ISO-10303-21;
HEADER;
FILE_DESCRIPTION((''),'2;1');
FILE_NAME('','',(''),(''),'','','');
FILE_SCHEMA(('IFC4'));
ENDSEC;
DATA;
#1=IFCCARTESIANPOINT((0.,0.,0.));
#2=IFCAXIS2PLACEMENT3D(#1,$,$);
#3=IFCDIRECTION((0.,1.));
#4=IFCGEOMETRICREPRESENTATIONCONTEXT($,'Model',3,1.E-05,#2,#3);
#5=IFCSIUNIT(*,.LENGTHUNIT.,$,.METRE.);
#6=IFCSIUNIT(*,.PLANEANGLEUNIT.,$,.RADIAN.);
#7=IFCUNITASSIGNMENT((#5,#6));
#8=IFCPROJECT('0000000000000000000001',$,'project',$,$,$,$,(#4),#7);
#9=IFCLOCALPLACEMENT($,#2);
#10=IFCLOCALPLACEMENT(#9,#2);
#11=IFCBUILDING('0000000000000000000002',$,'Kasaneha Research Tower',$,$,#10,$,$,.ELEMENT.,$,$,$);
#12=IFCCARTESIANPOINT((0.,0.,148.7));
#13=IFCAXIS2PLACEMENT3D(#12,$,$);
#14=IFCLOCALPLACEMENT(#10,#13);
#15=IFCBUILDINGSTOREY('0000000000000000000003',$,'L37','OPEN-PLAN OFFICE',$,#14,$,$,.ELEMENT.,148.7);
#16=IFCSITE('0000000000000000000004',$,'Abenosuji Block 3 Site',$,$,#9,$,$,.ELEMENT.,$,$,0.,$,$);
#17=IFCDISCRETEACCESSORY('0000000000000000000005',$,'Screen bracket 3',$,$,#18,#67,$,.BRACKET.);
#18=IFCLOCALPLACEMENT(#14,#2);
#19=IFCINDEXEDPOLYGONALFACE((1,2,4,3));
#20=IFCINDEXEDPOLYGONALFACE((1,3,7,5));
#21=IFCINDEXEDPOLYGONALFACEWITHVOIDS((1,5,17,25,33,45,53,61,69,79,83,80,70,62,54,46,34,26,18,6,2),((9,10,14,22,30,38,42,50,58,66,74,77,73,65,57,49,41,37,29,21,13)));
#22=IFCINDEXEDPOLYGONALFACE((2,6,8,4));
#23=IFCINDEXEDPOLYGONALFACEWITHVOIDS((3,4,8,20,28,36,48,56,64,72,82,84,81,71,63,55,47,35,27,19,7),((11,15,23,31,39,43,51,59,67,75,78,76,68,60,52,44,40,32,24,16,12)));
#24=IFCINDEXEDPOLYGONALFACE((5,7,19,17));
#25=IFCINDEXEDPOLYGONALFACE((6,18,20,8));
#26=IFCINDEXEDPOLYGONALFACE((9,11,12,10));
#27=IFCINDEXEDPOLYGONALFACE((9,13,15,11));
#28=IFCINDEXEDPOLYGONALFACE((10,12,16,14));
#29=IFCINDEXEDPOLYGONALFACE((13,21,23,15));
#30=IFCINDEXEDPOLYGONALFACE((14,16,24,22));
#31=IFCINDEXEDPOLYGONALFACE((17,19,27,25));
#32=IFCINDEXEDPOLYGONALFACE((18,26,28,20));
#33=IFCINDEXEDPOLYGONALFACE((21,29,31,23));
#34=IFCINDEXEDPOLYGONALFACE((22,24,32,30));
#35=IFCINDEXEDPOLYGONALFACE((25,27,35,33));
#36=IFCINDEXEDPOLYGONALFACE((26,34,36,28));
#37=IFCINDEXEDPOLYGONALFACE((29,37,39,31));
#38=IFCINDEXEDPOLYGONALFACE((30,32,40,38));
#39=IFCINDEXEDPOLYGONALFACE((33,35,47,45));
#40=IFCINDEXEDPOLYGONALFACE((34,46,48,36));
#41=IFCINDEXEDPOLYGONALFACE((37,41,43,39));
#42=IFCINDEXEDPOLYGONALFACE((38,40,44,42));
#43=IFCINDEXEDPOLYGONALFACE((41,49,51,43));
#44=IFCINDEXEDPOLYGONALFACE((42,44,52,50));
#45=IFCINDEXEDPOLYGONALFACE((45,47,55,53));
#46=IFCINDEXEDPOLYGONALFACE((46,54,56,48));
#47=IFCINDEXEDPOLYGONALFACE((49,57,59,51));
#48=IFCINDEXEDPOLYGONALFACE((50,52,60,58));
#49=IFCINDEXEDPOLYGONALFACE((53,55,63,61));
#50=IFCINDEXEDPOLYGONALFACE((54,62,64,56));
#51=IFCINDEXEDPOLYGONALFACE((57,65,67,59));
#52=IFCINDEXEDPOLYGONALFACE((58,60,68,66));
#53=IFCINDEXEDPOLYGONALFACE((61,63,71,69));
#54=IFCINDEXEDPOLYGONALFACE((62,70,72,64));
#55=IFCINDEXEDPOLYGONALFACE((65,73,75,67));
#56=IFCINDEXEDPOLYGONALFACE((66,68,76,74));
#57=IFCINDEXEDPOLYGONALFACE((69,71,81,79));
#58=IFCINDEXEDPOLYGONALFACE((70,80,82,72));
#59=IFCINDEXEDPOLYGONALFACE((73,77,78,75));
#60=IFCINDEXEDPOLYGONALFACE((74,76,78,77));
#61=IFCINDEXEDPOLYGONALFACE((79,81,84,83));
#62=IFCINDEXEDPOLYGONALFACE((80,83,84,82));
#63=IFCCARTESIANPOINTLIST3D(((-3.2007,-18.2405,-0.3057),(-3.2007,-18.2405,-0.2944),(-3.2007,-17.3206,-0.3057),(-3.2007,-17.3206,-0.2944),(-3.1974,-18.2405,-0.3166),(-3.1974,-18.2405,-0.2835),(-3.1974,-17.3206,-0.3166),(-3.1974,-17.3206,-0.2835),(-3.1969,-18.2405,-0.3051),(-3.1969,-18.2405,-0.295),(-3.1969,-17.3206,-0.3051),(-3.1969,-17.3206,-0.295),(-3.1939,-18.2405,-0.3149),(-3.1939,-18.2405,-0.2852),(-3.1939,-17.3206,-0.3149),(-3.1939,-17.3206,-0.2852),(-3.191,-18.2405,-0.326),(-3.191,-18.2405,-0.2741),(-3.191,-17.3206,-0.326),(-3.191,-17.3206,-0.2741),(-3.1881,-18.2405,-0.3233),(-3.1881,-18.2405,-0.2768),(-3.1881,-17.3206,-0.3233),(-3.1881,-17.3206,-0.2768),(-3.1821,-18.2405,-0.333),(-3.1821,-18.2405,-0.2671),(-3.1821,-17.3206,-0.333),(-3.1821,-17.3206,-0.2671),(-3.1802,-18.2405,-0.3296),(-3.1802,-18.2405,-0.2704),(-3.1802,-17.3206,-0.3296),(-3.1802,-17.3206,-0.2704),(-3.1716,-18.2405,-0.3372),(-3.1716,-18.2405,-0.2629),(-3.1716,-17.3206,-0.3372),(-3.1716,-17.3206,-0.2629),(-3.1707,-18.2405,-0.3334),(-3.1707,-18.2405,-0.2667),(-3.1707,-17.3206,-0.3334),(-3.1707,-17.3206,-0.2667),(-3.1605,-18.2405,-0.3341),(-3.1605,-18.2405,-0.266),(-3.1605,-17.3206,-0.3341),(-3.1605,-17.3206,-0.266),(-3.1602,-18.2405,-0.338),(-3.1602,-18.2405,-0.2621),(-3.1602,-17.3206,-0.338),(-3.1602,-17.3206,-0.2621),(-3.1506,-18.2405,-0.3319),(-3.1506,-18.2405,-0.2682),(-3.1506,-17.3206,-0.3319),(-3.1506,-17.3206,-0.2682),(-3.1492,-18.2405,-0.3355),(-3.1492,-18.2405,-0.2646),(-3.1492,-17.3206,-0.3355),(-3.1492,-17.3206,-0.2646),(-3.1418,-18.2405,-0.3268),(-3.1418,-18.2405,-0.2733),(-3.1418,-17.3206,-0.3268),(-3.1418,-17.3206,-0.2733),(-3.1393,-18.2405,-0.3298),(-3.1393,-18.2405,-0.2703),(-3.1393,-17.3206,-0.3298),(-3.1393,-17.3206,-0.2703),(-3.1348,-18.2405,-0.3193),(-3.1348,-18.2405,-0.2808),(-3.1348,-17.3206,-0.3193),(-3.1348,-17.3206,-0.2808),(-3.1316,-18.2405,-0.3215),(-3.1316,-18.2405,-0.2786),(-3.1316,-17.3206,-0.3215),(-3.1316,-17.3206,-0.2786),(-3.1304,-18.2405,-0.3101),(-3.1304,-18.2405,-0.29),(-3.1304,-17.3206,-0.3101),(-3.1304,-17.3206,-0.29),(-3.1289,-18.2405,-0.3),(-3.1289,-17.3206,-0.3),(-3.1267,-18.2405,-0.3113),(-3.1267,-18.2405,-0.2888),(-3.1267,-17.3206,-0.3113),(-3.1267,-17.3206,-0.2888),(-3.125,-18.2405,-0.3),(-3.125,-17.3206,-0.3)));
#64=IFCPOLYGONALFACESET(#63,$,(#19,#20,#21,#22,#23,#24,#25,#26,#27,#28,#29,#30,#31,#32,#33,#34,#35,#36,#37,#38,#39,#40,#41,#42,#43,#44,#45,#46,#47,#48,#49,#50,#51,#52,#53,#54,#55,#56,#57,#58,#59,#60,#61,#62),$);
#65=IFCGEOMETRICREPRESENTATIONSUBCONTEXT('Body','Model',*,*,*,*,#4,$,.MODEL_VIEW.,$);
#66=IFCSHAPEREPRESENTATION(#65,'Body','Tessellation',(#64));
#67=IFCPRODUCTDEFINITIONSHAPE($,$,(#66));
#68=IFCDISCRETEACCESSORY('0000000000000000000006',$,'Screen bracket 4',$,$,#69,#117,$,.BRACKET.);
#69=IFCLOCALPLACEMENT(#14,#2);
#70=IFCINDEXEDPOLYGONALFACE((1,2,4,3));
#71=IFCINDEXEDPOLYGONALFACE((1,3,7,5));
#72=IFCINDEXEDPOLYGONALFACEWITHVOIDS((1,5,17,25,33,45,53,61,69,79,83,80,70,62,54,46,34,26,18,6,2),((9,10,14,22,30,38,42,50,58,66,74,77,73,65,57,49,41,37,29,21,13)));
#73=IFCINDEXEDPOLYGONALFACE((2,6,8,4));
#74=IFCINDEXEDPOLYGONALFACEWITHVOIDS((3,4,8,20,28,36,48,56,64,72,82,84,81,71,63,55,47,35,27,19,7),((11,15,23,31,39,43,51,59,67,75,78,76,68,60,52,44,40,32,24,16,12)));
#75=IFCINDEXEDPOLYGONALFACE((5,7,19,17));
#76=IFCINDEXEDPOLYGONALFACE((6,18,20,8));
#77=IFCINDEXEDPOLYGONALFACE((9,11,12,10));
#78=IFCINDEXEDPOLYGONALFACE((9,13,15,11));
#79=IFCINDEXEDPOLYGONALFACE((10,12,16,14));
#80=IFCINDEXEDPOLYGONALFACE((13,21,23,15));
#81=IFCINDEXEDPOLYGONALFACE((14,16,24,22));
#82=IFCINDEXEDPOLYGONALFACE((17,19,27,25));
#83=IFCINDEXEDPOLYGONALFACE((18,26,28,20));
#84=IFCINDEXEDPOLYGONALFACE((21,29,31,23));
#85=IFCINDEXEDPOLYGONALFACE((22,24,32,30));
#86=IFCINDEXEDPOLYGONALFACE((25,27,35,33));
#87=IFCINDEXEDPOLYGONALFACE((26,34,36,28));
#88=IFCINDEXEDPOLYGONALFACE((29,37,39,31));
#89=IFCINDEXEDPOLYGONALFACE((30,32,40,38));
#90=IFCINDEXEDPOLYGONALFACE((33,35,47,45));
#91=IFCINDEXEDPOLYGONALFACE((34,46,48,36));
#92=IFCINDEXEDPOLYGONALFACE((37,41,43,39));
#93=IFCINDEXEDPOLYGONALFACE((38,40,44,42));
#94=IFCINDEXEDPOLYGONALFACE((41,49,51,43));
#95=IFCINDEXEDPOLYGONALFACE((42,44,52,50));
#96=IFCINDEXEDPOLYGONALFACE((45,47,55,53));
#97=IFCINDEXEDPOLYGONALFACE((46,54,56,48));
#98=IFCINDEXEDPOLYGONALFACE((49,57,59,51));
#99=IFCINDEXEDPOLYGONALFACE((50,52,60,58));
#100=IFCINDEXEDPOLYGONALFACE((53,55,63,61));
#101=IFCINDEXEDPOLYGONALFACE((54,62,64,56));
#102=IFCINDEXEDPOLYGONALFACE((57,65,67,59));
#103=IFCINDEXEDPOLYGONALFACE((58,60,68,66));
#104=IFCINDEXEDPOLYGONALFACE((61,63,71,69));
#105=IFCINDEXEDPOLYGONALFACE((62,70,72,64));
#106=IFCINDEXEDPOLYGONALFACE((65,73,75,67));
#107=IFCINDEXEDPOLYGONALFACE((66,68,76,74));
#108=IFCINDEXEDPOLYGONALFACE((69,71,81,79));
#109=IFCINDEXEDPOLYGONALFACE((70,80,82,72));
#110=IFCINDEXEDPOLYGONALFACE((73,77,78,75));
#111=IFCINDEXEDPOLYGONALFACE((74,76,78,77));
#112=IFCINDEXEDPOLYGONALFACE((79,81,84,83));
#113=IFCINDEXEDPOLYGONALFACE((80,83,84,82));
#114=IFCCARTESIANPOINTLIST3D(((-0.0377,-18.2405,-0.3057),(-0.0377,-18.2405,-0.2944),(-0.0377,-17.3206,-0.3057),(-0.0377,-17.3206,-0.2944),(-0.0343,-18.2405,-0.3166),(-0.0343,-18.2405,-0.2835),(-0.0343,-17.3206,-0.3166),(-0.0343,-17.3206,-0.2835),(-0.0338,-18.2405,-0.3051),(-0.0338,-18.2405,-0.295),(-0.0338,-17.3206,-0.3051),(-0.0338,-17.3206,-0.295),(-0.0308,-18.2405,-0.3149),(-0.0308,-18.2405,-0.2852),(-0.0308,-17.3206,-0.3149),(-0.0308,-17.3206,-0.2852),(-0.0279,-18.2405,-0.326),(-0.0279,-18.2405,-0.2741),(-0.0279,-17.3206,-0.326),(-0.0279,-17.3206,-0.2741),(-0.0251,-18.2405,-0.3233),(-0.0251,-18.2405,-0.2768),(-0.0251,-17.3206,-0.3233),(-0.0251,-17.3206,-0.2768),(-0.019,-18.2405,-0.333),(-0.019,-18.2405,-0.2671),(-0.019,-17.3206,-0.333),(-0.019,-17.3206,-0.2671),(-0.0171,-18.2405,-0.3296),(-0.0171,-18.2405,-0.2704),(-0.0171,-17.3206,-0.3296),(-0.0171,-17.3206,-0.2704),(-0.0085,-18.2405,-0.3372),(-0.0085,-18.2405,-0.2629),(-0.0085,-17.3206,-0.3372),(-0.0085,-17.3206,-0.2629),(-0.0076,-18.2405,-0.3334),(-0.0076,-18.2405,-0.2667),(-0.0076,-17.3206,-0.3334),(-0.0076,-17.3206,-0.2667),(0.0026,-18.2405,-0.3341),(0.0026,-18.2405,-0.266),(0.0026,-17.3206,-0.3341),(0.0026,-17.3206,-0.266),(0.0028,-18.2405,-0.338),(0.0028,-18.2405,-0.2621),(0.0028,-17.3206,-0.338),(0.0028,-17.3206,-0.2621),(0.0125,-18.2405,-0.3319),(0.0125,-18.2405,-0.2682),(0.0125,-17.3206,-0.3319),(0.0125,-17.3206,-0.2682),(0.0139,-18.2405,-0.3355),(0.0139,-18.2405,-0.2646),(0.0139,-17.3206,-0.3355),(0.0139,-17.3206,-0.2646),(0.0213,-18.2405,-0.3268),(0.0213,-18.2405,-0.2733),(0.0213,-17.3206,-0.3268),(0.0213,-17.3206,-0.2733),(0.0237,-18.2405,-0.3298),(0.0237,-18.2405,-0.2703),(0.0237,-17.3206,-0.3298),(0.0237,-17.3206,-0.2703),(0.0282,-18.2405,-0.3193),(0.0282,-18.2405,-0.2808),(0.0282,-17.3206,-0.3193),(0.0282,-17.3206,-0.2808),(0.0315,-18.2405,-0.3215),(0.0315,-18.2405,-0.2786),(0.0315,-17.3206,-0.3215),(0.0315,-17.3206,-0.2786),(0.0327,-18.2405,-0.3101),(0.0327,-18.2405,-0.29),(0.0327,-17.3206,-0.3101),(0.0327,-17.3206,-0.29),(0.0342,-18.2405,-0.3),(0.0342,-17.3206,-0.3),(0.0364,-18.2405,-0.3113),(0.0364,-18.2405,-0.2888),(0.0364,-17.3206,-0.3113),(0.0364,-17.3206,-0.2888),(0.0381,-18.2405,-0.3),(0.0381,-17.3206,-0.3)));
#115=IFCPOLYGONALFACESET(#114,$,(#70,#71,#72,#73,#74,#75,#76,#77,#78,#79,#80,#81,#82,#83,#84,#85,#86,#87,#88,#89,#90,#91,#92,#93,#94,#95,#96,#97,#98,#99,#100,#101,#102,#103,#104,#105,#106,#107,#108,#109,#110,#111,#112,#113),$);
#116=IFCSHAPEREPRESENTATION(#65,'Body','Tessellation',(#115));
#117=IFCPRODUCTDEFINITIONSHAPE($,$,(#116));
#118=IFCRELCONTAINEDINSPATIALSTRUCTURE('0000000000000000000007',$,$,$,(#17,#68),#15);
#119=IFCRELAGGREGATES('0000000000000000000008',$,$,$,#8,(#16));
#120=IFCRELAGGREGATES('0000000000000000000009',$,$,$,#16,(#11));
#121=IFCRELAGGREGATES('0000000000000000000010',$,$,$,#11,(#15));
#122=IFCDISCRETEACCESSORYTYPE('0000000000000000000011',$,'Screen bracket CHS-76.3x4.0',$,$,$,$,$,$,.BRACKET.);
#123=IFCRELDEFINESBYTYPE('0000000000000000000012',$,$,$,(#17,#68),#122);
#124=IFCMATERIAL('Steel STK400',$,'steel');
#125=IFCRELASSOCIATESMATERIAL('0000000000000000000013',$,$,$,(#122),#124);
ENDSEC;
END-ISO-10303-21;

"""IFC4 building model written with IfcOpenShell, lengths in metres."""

from ifc_helpers import new_model, si_unit, direction, frame, origin, origin_2d, place, context, subcontext, project, spatial, hollow_circle, extrude, material, material_profile, profile_set, type_object, element, save


model = new_model("IFC4")

# Units and contexts
model_context = context("Model", 3, precision=1e-05, world=origin(), true_north=direction((0.0, 1.0)))
body_context = subcontext(model_context, "Body", "Model", "MODEL_VIEW")
ifc_project = project(units=[si_unit("LENGTHUNIT", "METRE"), si_unit("PLANEANGLEUNIT", "RADIAN")], contexts=[model_context])

# Site, building, storey
site_placement = place(None, origin())
site = spatial("IfcSite", under=ifc_project, at=site_placement, Name="Abenosuji Block 3 Site", CompositionType="ELEMENT", RefElevation=0.0)
building_placement = place(site_placement, origin())
building = spatial("IfcBuilding", under=site, at=building_placement, Name="Kasaneha Research Tower", CompositionType="ELEMENT")
storey_placement = place(building_placement, frame((0.0, 0.0, 148.7)))
storey = spatial("IfcBuildingStorey", under=building, at=storey_placement, Name="L37", Description="OPEN-PLAN OFFICE", CompositionType="ELEMENT", Elevation=148.7)

# Discrete accessories
ifc_material_1 = material(Name="Steel STK400", Category="steel")
ifc_material_profile_1 = material_profile(ifc_material_1, hollow_circle(Radius=0.0381, WallThickness=0.0039, at=origin_2d()), Name="CHS-76.3x4.0")
ifc_profile_set_1 = profile_set([ifc_material_profile_1], Name="Steel STK400")
discrete_accessory_type = type_object("IfcDiscreteAccessoryType", Name="Screen bracket CHS-76.3x4.0", PredefinedType="BRACKET", material=ifc_profile_set_1)
for number, where, z_axis, x_axis, name in (
    (1, (-3.1631, -17.3206, -0.3), (0.0, -1.0, 0.0), (1.0, 0.0, 0.0), "Screen bracket 3"),
    (2, (0.0, -17.3206, -0.3), (0.0, -1.0, 0.0), (1.0, 0.0, 0.0), "Screen bracket 4"),
):
    element("IfcDiscreteAccessory", number, at=place(storey_placement, frame(where, z_axis=z_axis, x_axis=x_axis)), inside=storey, type_object=discrete_accessory_type, Name=name, PredefinedType="BRACKET", context=body_context, shape_type="SweptSolid", body=[
        extrude(hollow_circle(Radius=0.0381, WallThickness=0.0039, at=origin_2d()), origin(), (0.0, 0.0, 1.0), 0.9199),
    ])

save(model, "model.ifc")
